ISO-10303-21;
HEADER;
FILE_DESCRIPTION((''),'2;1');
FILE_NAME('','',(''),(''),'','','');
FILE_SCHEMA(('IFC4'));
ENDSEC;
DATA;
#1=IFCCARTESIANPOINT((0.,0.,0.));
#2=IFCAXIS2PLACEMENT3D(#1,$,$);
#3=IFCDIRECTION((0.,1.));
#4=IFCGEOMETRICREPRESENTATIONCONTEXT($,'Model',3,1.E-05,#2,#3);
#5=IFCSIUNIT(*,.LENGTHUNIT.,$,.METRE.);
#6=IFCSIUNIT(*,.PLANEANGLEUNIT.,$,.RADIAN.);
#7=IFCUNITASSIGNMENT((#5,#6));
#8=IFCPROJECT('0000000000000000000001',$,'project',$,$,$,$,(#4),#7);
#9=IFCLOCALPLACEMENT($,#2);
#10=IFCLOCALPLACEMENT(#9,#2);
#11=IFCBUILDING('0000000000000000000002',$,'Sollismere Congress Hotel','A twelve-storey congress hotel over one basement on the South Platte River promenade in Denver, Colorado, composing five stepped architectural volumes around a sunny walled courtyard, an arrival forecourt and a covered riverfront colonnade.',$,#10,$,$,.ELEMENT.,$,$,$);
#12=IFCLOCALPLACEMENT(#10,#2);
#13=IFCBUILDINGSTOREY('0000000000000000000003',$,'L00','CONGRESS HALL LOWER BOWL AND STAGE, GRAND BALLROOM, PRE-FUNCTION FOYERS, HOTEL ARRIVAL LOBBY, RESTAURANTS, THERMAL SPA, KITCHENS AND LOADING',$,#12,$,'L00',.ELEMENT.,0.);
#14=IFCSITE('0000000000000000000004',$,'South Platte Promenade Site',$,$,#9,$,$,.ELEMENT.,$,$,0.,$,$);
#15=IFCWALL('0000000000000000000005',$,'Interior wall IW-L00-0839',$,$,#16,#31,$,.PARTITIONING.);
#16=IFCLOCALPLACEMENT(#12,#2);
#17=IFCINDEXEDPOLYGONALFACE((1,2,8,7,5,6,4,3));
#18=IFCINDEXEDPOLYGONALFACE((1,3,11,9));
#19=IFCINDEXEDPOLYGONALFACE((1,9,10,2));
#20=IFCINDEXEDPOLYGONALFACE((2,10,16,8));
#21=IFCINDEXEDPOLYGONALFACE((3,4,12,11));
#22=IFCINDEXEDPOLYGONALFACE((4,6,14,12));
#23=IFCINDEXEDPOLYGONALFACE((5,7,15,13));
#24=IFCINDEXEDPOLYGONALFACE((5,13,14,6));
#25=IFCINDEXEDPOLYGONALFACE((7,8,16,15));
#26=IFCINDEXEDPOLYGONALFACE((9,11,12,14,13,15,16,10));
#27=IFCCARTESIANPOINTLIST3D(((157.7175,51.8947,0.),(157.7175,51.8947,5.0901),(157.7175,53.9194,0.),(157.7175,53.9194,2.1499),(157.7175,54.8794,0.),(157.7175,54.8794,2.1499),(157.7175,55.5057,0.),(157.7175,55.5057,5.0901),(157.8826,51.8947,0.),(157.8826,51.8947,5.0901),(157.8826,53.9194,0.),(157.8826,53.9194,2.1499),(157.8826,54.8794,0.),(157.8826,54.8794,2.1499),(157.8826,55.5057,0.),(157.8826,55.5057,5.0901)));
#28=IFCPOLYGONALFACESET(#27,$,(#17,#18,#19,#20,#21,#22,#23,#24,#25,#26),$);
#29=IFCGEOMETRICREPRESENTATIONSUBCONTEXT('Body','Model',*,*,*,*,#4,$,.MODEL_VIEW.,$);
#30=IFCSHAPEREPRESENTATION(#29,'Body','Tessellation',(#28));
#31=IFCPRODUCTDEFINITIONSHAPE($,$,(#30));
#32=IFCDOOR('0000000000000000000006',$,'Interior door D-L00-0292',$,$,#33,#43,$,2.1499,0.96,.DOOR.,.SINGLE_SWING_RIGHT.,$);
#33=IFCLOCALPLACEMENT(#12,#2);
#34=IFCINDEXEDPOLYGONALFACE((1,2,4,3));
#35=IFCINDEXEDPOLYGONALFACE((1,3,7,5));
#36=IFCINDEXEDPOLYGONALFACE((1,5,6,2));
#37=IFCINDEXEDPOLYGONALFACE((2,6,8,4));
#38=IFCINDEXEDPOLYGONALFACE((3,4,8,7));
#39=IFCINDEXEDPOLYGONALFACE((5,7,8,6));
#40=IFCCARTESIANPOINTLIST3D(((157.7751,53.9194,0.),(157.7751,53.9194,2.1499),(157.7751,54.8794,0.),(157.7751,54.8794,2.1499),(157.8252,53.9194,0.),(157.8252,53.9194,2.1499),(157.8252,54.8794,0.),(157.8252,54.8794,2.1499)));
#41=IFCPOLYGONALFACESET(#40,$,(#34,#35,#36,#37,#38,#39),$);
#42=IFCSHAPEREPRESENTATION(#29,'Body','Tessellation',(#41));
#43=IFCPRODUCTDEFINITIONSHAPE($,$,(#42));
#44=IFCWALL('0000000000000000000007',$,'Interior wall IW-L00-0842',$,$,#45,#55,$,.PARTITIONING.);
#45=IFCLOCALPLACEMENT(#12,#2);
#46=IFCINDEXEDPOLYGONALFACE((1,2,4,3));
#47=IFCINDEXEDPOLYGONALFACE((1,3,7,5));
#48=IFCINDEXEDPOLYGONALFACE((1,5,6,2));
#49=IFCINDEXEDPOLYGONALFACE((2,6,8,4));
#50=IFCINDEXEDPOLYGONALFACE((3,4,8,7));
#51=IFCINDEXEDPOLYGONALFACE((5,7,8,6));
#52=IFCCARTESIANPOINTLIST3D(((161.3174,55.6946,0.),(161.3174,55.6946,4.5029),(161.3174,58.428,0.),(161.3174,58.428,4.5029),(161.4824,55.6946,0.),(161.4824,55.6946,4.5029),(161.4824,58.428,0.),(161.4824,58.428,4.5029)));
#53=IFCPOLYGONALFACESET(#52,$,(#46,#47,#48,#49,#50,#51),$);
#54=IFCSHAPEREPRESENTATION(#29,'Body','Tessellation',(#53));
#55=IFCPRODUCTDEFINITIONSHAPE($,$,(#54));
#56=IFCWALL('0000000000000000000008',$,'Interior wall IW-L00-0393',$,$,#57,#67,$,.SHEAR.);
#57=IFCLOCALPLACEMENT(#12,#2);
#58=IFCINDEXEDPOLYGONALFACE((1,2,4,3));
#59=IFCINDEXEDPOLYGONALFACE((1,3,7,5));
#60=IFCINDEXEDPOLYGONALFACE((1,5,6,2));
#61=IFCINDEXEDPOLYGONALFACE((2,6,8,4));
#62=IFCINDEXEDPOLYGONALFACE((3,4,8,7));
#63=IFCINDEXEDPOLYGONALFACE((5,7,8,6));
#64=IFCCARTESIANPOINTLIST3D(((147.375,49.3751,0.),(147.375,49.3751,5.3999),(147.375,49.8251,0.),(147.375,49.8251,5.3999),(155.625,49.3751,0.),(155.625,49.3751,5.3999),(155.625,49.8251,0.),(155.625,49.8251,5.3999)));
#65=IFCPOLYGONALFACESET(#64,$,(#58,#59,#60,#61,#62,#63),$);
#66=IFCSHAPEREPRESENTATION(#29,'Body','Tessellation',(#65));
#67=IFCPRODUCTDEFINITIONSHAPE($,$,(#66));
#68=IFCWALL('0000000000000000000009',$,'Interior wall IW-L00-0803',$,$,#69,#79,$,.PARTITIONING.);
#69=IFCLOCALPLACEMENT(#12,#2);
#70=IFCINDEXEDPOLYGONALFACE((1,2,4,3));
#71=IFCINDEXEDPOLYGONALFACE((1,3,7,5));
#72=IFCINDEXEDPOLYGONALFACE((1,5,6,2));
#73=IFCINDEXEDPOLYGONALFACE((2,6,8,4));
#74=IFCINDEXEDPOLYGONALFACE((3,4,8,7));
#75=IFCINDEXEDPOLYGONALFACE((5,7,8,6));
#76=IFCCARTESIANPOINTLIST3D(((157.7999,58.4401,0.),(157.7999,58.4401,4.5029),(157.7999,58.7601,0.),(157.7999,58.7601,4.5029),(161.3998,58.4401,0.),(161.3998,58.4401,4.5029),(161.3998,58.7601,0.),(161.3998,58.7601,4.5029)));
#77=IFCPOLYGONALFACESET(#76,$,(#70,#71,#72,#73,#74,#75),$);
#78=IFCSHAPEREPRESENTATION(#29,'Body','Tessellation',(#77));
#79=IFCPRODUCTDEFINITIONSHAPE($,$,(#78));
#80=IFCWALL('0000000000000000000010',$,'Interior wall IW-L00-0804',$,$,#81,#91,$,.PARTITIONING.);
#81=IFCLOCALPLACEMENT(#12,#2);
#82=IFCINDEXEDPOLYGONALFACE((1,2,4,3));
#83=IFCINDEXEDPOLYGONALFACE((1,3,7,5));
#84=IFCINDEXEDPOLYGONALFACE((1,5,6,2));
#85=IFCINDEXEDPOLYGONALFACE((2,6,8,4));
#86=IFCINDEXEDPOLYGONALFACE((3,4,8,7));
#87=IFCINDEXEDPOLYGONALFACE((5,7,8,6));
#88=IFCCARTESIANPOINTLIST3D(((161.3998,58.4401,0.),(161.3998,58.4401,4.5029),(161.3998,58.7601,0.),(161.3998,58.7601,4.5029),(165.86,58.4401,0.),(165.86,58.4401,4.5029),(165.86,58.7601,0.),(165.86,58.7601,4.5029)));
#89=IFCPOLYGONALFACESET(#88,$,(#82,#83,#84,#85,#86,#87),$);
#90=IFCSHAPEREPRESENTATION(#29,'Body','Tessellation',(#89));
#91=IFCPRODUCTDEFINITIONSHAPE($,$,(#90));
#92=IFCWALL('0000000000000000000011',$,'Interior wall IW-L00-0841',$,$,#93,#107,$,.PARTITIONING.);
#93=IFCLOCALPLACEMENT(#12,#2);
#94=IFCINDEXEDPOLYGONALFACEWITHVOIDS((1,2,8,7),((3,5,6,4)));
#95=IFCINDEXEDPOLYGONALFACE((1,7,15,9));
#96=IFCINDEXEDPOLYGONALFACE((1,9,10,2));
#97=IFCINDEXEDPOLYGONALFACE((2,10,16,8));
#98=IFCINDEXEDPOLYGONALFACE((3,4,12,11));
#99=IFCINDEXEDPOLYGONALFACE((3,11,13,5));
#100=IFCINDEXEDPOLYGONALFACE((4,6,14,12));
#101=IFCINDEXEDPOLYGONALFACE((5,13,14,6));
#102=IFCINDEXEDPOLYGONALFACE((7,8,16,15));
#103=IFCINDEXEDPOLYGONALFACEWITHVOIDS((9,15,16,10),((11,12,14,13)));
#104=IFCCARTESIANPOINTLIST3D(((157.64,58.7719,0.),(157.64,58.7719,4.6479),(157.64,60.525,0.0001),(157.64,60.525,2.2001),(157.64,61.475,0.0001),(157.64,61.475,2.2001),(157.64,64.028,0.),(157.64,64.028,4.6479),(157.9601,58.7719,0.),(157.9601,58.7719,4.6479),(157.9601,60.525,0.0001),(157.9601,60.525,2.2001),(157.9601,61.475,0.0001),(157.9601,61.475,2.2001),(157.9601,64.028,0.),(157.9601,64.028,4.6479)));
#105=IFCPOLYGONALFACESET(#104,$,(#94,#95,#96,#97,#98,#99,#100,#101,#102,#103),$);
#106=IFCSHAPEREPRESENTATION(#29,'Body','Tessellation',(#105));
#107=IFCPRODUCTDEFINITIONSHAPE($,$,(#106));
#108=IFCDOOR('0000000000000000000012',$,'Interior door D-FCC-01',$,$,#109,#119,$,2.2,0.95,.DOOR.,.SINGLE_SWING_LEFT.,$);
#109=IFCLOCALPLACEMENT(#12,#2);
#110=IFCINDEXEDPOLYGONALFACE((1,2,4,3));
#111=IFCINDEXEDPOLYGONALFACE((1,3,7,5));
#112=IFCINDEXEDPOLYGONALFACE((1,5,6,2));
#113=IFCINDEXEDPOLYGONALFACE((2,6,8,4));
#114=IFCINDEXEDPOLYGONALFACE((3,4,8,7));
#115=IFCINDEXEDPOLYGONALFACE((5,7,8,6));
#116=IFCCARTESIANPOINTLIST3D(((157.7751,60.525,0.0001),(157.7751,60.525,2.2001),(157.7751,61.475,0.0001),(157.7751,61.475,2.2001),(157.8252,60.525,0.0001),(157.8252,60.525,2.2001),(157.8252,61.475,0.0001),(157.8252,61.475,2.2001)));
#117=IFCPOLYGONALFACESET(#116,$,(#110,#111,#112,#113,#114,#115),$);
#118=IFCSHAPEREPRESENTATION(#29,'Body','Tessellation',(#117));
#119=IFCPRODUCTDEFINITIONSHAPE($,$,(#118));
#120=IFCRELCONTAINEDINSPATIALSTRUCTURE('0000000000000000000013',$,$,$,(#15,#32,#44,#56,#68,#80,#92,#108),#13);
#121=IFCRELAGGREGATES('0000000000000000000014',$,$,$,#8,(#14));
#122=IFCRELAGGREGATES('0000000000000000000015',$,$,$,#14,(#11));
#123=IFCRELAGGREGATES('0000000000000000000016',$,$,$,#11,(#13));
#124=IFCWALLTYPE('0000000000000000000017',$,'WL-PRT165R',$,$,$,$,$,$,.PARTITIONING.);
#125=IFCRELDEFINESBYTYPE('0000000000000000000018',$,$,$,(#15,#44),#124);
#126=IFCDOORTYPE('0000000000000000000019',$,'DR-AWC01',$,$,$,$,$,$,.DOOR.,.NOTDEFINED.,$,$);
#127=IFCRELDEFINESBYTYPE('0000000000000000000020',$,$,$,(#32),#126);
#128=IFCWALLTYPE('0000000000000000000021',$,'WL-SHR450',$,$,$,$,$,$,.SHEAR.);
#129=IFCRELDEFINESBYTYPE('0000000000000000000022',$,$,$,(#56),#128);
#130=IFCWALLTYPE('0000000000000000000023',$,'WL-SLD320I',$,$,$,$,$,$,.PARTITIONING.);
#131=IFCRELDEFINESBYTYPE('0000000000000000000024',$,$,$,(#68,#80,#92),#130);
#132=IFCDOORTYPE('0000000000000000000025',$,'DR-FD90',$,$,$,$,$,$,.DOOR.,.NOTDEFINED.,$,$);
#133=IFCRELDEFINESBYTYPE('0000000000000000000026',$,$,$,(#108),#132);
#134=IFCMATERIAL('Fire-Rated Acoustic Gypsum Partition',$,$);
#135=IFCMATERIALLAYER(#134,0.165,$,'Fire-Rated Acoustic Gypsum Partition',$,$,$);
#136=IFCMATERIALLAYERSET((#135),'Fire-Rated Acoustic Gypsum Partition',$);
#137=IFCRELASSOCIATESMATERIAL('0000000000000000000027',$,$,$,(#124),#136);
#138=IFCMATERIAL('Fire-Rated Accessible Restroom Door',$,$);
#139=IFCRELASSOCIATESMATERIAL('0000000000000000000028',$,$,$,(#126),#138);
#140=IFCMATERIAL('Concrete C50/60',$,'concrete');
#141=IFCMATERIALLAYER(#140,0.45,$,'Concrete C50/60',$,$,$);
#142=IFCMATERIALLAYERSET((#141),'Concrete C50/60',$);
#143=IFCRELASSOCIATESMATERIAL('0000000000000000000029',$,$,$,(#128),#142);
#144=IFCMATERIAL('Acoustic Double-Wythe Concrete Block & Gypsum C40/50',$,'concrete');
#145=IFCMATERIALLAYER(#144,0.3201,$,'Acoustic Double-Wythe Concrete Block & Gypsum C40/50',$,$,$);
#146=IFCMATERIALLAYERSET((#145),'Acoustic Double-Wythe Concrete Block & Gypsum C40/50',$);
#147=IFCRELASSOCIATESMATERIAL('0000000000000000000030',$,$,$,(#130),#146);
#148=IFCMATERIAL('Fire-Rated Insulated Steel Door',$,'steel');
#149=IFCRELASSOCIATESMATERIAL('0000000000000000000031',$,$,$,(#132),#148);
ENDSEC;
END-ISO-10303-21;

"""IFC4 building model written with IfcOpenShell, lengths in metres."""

from ifc_helpers import new_model, si_unit, direction, frame, frame_2d, origin, place, context, subcontext, project, spatial, rectangle, extrude, material, layer, layer_set, type_object, element, fill, save


model = new_model("IFC4")

# Units and contexts
model_context = context("Model", 3, precision=1e-05, world=origin(), true_north=direction((0.0, 1.0)))
body_context = subcontext(model_context, "Body", "Model", "MODEL_VIEW")
ifc_project = project(units=[si_unit("LENGTHUNIT", "METRE"), si_unit("PLANEANGLEUNIT", "RADIAN")], contexts=[model_context])

# Site, building, storey
site_placement = place(None, origin())
site = spatial("IfcSite", under=ifc_project, at=site_placement, Name="South Platte Promenade Site", CompositionType="ELEMENT", RefElevation=0.0)
building_placement = place(site_placement, origin())
building = spatial("IfcBuilding", under=site, at=building_placement, Name="Sollismere Congress Hotel", Description="A twelve-storey congress hotel over one basement on the South Platte River promenade in Denver, Colorado, composing five stepped architectural volumes around a sunny walled courtyard, an arrival forecourt and a covered riverfront colonnade.", CompositionType="ELEMENT")
storey_placement = place(building_placement, origin())
storey = spatial("IfcBuildingStorey", under=building, at=storey_placement, Name="L00", Description="CONGRESS HALL LOWER BOWL AND STAGE, GRAND BALLROOM, PRE-FUNCTION FOYERS, HOTEL ARRIVAL LOBBY, RESTAURANTS, THERMAL SPA, KITCHENS AND LOADING", LongName="L00", CompositionType="ELEMENT", Elevation=0.0)

# Shared definitions
ifc_material_1 = material(Name="Fire-Rated Acoustic Gypsum Partition")
ifc_layer_1 = layer(ifc_material_1, 0.165, Name="Fire-Rated Acoustic Gypsum Partition")
ifc_layer_set_1 = layer_set([ifc_layer_1], Name="Fire-Rated Acoustic Gypsum Partition")
wall_type_1 = type_object("IfcWallType", Name="WL-PRT165R", PredefinedType="PARTITIONING", material=ifc_layer_set_1)

# Wall, opening, door
ifc_material_2 = material(Name="Fire-Rated Accessible Restroom Door")
door_type_1 = type_object("IfcDoorType", Name="DR-AWC01", OperationType="NOTDEFINED", PredefinedType="DOOR", material=ifc_material_2)
wall_1_placement = place(storey_placement, frame((157.8, 51.8945, 0.0), z_axis=(0.0, 0.0, 1.0), x_axis=(0.0, 1.0, 0.0)))
wall_1 = element("IfcWall", 1, at=wall_1_placement, inside=storey, type_object=wall_type_1, Name="Interior wall IW-L00-0839", PredefinedType="PARTITIONING", context=body_context, shape_type="SweptSolid", body=[
    extrude(rectangle(XDim=3.6111, YDim=0.165, at=frame_2d((1.8057, 0.0))), origin(), (0.0, 0.0, 1.0), 5.0901),
])
opening_1_placement = place(wall_1_placement, frame((2.0249, 0.0, 0.0)))
opening_1 = element("IfcOpeningElement", 2, at=opening_1_placement, cuts=wall_1, PredefinedType="OPENING", context=body_context, shape_type="SweptSolid", body=[
    extrude(rectangle(XDim=0.96, YDim=2.1499, at=frame_2d((0.48, 1.075))), frame((0.0, 0.0925, 0.0), z_axis=(0.0, -1.0, 0.0), x_axis=(1.0, 0.0, 0.0)), (0.0, 0.0, 1.0), 0.1851),
])
door_1_placement = place(opening_1_placement, origin())
door_1 = element("IfcDoor", 3, at=door_1_placement, inside=storey, type_object=door_type_1, Name="Interior door D-L00-0292", OperationType="SINGLE_SWING_RIGHT", OverallHeight=2.1499, OverallWidth=0.96, PredefinedType="DOOR", context=body_context, shape_type="SweptSolid", body=[
    extrude(rectangle(XDim=0.96, YDim=2.1499, at=frame_2d((0.48, 1.075))), frame((0.0, 0.0249, 0.0), z_axis=(0.0, -1.0, 0.0), x_axis=(1.0, 0.0, 0.0)), (0.0, 0.0, 1.0), 0.05),
])
fill(opening_1, door_1)

# Walls
wall_2_placement = place(storey_placement, frame((161.3999, 55.6946, 0.0), z_axis=(0.0, 0.0, 1.0), x_axis=(0.0, 1.0, 0.0)))
element("IfcWall", 4, at=wall_2_placement, inside=storey, type_object=wall_type_1, Name="Interior wall IW-L00-0842", PredefinedType="PARTITIONING", context=body_context, shape_type="SweptSolid", body=[
    extrude(rectangle(XDim=2.7334, YDim=0.165, at=frame_2d((1.3667, 0.0))), origin(), (0.0, 0.0, 1.0), 4.5029),
])
ifc_material_3 = material(Name="Concrete C50/60", Category="concrete")
ifc_layer_2 = layer(ifc_material_3, 0.45, Name="Concrete C50/60")
ifc_layer_set_2 = layer_set([ifc_layer_2], Name="Concrete C50/60")
wall_type_2 = type_object("IfcWallType", Name="WL-SHR450", PredefinedType="SHEAR", material=ifc_layer_set_2)
wall_3_placement = place(storey_placement, frame((155.625, 49.6001, 0.0), z_axis=(0.0, 0.0, 1.0), x_axis=(-1.0, 0.0, 0.0)))
element("IfcWall", 5, at=wall_3_placement, inside=storey, type_object=wall_type_2, Name="Interior wall IW-L00-0393", PredefinedType="SHEAR", context=body_context, shape_type="SweptSolid", body=[
    extrude(rectangle(XDim=8.25, YDim=0.45, at=frame_2d((4.125, 0.0))), origin(), (0.0, 0.0, 1.0), 5.3999),
])
ifc_material_4 = material(Name="Acoustic Double-Wythe Concrete Block & Gypsum C40/50", Category="concrete")
ifc_layer_3 = layer(ifc_material_4, 0.3201, Name="Acoustic Double-Wythe Concrete Block & Gypsum C40/50")
ifc_layer_set_3 = layer_set([ifc_layer_3], Name="Acoustic Double-Wythe Concrete Block & Gypsum C40/50")
wall_type_3 = type_object("IfcWallType", Name="WL-SLD320I", PredefinedType="PARTITIONING", material=ifc_layer_set_3)
wall_4_placement = place(storey_placement, frame((157.8, 58.6001, 0.0), z_axis=(0.0, 0.0, 1.0), x_axis=(1.0, 0.0, 0.0)))
element("IfcWall", 6, at=wall_4_placement, inside=storey, type_object=wall_type_3, Name="Interior wall IW-L00-0803", PredefinedType="PARTITIONING", context=body_context, shape_type="SweptSolid", body=[
    extrude(rectangle(XDim=3.5999, YDim=0.3201, at=frame_2d((1.7998, 0.0))), origin(), (0.0, 0.0, 1.0), 4.5029),
])
wall_5_placement = place(storey_placement, frame((161.3999, 58.6001, 0.0), z_axis=(0.0, 0.0, 1.0), x_axis=(1.0, 0.0, 0.0)))
element("IfcWall", 7, at=wall_5_placement, inside=storey, type_object=wall_type_3, Name="Interior wall IW-L00-0804", PredefinedType="PARTITIONING", context=body_context, shape_type="SweptSolid", body=[
    extrude(rectangle(XDim=4.4602, YDim=0.3201, at=frame_2d((2.23, 0.0))), origin(), (0.0, 0.0, 1.0), 4.5029),
])

# Wall, opening, door
wall_6_placement = place(storey_placement, frame((157.8, 58.772, 0.0), z_axis=(0.0, 0.0, 1.0), x_axis=(0.0, 1.0, 0.0)))
wall_6 = element("IfcWall", 8, at=wall_6_placement, inside=storey, type_object=wall_type_3, Name="Interior wall IW-L00-0841", PredefinedType="PARTITIONING", context=body_context, shape_type="SweptSolid", body=[
    extrude(rectangle(XDim=5.2561, YDim=0.3201, at=frame_2d((2.6279, 0.0))), origin(), (0.0, 0.0, 1.0), 4.6479),
])
opening_2_placement = place(wall_6_placement, frame((1.7529, 0.0, 0.0)))
opening_2 = element("IfcOpeningElement", 9, at=opening_2_placement, cuts=wall_6, PredefinedType="OPENING", context=body_context, shape_type="SweptSolid", body=[
    extrude(rectangle(XDim=0.95, YDim=2.2, at=frame_2d((0.4751, 1.1001))), frame((0.0, 0.1699, 0.0), z_axis=(0.0, -1.0, 0.0), x_axis=(1.0, 0.0, 0.0)), (0.0, 0.0, 1.0), 0.3401),
])
ifc_material_5 = material(Name="Fire-Rated Insulated Steel Door", Category="steel")
door_type_2 = type_object("IfcDoorType", Name="DR-FD90", OperationType="NOTDEFINED", PredefinedType="DOOR", material=ifc_material_5)
door_2_placement = place(opening_2_placement, origin())
door_2 = element("IfcDoor", 10, at=door_2_placement, inside=storey, type_object=door_type_2, Name="Interior door D-FCC-01", OperationType="SINGLE_SWING_LEFT", OverallHeight=2.2, OverallWidth=0.95, PredefinedType="DOOR", context=body_context, shape_type="SweptSolid", body=[
    extrude(rectangle(XDim=0.95, YDim=2.2, at=frame_2d((0.4751, 1.1001))), frame((0.0, 0.0249, 0.0), z_axis=(0.0, -1.0, 0.0), x_axis=(1.0, 0.0, 0.0)), (0.0, 0.0, 1.0), 0.05),
])
fill(opening_2, door_2)

save(model, "model.ifc")
